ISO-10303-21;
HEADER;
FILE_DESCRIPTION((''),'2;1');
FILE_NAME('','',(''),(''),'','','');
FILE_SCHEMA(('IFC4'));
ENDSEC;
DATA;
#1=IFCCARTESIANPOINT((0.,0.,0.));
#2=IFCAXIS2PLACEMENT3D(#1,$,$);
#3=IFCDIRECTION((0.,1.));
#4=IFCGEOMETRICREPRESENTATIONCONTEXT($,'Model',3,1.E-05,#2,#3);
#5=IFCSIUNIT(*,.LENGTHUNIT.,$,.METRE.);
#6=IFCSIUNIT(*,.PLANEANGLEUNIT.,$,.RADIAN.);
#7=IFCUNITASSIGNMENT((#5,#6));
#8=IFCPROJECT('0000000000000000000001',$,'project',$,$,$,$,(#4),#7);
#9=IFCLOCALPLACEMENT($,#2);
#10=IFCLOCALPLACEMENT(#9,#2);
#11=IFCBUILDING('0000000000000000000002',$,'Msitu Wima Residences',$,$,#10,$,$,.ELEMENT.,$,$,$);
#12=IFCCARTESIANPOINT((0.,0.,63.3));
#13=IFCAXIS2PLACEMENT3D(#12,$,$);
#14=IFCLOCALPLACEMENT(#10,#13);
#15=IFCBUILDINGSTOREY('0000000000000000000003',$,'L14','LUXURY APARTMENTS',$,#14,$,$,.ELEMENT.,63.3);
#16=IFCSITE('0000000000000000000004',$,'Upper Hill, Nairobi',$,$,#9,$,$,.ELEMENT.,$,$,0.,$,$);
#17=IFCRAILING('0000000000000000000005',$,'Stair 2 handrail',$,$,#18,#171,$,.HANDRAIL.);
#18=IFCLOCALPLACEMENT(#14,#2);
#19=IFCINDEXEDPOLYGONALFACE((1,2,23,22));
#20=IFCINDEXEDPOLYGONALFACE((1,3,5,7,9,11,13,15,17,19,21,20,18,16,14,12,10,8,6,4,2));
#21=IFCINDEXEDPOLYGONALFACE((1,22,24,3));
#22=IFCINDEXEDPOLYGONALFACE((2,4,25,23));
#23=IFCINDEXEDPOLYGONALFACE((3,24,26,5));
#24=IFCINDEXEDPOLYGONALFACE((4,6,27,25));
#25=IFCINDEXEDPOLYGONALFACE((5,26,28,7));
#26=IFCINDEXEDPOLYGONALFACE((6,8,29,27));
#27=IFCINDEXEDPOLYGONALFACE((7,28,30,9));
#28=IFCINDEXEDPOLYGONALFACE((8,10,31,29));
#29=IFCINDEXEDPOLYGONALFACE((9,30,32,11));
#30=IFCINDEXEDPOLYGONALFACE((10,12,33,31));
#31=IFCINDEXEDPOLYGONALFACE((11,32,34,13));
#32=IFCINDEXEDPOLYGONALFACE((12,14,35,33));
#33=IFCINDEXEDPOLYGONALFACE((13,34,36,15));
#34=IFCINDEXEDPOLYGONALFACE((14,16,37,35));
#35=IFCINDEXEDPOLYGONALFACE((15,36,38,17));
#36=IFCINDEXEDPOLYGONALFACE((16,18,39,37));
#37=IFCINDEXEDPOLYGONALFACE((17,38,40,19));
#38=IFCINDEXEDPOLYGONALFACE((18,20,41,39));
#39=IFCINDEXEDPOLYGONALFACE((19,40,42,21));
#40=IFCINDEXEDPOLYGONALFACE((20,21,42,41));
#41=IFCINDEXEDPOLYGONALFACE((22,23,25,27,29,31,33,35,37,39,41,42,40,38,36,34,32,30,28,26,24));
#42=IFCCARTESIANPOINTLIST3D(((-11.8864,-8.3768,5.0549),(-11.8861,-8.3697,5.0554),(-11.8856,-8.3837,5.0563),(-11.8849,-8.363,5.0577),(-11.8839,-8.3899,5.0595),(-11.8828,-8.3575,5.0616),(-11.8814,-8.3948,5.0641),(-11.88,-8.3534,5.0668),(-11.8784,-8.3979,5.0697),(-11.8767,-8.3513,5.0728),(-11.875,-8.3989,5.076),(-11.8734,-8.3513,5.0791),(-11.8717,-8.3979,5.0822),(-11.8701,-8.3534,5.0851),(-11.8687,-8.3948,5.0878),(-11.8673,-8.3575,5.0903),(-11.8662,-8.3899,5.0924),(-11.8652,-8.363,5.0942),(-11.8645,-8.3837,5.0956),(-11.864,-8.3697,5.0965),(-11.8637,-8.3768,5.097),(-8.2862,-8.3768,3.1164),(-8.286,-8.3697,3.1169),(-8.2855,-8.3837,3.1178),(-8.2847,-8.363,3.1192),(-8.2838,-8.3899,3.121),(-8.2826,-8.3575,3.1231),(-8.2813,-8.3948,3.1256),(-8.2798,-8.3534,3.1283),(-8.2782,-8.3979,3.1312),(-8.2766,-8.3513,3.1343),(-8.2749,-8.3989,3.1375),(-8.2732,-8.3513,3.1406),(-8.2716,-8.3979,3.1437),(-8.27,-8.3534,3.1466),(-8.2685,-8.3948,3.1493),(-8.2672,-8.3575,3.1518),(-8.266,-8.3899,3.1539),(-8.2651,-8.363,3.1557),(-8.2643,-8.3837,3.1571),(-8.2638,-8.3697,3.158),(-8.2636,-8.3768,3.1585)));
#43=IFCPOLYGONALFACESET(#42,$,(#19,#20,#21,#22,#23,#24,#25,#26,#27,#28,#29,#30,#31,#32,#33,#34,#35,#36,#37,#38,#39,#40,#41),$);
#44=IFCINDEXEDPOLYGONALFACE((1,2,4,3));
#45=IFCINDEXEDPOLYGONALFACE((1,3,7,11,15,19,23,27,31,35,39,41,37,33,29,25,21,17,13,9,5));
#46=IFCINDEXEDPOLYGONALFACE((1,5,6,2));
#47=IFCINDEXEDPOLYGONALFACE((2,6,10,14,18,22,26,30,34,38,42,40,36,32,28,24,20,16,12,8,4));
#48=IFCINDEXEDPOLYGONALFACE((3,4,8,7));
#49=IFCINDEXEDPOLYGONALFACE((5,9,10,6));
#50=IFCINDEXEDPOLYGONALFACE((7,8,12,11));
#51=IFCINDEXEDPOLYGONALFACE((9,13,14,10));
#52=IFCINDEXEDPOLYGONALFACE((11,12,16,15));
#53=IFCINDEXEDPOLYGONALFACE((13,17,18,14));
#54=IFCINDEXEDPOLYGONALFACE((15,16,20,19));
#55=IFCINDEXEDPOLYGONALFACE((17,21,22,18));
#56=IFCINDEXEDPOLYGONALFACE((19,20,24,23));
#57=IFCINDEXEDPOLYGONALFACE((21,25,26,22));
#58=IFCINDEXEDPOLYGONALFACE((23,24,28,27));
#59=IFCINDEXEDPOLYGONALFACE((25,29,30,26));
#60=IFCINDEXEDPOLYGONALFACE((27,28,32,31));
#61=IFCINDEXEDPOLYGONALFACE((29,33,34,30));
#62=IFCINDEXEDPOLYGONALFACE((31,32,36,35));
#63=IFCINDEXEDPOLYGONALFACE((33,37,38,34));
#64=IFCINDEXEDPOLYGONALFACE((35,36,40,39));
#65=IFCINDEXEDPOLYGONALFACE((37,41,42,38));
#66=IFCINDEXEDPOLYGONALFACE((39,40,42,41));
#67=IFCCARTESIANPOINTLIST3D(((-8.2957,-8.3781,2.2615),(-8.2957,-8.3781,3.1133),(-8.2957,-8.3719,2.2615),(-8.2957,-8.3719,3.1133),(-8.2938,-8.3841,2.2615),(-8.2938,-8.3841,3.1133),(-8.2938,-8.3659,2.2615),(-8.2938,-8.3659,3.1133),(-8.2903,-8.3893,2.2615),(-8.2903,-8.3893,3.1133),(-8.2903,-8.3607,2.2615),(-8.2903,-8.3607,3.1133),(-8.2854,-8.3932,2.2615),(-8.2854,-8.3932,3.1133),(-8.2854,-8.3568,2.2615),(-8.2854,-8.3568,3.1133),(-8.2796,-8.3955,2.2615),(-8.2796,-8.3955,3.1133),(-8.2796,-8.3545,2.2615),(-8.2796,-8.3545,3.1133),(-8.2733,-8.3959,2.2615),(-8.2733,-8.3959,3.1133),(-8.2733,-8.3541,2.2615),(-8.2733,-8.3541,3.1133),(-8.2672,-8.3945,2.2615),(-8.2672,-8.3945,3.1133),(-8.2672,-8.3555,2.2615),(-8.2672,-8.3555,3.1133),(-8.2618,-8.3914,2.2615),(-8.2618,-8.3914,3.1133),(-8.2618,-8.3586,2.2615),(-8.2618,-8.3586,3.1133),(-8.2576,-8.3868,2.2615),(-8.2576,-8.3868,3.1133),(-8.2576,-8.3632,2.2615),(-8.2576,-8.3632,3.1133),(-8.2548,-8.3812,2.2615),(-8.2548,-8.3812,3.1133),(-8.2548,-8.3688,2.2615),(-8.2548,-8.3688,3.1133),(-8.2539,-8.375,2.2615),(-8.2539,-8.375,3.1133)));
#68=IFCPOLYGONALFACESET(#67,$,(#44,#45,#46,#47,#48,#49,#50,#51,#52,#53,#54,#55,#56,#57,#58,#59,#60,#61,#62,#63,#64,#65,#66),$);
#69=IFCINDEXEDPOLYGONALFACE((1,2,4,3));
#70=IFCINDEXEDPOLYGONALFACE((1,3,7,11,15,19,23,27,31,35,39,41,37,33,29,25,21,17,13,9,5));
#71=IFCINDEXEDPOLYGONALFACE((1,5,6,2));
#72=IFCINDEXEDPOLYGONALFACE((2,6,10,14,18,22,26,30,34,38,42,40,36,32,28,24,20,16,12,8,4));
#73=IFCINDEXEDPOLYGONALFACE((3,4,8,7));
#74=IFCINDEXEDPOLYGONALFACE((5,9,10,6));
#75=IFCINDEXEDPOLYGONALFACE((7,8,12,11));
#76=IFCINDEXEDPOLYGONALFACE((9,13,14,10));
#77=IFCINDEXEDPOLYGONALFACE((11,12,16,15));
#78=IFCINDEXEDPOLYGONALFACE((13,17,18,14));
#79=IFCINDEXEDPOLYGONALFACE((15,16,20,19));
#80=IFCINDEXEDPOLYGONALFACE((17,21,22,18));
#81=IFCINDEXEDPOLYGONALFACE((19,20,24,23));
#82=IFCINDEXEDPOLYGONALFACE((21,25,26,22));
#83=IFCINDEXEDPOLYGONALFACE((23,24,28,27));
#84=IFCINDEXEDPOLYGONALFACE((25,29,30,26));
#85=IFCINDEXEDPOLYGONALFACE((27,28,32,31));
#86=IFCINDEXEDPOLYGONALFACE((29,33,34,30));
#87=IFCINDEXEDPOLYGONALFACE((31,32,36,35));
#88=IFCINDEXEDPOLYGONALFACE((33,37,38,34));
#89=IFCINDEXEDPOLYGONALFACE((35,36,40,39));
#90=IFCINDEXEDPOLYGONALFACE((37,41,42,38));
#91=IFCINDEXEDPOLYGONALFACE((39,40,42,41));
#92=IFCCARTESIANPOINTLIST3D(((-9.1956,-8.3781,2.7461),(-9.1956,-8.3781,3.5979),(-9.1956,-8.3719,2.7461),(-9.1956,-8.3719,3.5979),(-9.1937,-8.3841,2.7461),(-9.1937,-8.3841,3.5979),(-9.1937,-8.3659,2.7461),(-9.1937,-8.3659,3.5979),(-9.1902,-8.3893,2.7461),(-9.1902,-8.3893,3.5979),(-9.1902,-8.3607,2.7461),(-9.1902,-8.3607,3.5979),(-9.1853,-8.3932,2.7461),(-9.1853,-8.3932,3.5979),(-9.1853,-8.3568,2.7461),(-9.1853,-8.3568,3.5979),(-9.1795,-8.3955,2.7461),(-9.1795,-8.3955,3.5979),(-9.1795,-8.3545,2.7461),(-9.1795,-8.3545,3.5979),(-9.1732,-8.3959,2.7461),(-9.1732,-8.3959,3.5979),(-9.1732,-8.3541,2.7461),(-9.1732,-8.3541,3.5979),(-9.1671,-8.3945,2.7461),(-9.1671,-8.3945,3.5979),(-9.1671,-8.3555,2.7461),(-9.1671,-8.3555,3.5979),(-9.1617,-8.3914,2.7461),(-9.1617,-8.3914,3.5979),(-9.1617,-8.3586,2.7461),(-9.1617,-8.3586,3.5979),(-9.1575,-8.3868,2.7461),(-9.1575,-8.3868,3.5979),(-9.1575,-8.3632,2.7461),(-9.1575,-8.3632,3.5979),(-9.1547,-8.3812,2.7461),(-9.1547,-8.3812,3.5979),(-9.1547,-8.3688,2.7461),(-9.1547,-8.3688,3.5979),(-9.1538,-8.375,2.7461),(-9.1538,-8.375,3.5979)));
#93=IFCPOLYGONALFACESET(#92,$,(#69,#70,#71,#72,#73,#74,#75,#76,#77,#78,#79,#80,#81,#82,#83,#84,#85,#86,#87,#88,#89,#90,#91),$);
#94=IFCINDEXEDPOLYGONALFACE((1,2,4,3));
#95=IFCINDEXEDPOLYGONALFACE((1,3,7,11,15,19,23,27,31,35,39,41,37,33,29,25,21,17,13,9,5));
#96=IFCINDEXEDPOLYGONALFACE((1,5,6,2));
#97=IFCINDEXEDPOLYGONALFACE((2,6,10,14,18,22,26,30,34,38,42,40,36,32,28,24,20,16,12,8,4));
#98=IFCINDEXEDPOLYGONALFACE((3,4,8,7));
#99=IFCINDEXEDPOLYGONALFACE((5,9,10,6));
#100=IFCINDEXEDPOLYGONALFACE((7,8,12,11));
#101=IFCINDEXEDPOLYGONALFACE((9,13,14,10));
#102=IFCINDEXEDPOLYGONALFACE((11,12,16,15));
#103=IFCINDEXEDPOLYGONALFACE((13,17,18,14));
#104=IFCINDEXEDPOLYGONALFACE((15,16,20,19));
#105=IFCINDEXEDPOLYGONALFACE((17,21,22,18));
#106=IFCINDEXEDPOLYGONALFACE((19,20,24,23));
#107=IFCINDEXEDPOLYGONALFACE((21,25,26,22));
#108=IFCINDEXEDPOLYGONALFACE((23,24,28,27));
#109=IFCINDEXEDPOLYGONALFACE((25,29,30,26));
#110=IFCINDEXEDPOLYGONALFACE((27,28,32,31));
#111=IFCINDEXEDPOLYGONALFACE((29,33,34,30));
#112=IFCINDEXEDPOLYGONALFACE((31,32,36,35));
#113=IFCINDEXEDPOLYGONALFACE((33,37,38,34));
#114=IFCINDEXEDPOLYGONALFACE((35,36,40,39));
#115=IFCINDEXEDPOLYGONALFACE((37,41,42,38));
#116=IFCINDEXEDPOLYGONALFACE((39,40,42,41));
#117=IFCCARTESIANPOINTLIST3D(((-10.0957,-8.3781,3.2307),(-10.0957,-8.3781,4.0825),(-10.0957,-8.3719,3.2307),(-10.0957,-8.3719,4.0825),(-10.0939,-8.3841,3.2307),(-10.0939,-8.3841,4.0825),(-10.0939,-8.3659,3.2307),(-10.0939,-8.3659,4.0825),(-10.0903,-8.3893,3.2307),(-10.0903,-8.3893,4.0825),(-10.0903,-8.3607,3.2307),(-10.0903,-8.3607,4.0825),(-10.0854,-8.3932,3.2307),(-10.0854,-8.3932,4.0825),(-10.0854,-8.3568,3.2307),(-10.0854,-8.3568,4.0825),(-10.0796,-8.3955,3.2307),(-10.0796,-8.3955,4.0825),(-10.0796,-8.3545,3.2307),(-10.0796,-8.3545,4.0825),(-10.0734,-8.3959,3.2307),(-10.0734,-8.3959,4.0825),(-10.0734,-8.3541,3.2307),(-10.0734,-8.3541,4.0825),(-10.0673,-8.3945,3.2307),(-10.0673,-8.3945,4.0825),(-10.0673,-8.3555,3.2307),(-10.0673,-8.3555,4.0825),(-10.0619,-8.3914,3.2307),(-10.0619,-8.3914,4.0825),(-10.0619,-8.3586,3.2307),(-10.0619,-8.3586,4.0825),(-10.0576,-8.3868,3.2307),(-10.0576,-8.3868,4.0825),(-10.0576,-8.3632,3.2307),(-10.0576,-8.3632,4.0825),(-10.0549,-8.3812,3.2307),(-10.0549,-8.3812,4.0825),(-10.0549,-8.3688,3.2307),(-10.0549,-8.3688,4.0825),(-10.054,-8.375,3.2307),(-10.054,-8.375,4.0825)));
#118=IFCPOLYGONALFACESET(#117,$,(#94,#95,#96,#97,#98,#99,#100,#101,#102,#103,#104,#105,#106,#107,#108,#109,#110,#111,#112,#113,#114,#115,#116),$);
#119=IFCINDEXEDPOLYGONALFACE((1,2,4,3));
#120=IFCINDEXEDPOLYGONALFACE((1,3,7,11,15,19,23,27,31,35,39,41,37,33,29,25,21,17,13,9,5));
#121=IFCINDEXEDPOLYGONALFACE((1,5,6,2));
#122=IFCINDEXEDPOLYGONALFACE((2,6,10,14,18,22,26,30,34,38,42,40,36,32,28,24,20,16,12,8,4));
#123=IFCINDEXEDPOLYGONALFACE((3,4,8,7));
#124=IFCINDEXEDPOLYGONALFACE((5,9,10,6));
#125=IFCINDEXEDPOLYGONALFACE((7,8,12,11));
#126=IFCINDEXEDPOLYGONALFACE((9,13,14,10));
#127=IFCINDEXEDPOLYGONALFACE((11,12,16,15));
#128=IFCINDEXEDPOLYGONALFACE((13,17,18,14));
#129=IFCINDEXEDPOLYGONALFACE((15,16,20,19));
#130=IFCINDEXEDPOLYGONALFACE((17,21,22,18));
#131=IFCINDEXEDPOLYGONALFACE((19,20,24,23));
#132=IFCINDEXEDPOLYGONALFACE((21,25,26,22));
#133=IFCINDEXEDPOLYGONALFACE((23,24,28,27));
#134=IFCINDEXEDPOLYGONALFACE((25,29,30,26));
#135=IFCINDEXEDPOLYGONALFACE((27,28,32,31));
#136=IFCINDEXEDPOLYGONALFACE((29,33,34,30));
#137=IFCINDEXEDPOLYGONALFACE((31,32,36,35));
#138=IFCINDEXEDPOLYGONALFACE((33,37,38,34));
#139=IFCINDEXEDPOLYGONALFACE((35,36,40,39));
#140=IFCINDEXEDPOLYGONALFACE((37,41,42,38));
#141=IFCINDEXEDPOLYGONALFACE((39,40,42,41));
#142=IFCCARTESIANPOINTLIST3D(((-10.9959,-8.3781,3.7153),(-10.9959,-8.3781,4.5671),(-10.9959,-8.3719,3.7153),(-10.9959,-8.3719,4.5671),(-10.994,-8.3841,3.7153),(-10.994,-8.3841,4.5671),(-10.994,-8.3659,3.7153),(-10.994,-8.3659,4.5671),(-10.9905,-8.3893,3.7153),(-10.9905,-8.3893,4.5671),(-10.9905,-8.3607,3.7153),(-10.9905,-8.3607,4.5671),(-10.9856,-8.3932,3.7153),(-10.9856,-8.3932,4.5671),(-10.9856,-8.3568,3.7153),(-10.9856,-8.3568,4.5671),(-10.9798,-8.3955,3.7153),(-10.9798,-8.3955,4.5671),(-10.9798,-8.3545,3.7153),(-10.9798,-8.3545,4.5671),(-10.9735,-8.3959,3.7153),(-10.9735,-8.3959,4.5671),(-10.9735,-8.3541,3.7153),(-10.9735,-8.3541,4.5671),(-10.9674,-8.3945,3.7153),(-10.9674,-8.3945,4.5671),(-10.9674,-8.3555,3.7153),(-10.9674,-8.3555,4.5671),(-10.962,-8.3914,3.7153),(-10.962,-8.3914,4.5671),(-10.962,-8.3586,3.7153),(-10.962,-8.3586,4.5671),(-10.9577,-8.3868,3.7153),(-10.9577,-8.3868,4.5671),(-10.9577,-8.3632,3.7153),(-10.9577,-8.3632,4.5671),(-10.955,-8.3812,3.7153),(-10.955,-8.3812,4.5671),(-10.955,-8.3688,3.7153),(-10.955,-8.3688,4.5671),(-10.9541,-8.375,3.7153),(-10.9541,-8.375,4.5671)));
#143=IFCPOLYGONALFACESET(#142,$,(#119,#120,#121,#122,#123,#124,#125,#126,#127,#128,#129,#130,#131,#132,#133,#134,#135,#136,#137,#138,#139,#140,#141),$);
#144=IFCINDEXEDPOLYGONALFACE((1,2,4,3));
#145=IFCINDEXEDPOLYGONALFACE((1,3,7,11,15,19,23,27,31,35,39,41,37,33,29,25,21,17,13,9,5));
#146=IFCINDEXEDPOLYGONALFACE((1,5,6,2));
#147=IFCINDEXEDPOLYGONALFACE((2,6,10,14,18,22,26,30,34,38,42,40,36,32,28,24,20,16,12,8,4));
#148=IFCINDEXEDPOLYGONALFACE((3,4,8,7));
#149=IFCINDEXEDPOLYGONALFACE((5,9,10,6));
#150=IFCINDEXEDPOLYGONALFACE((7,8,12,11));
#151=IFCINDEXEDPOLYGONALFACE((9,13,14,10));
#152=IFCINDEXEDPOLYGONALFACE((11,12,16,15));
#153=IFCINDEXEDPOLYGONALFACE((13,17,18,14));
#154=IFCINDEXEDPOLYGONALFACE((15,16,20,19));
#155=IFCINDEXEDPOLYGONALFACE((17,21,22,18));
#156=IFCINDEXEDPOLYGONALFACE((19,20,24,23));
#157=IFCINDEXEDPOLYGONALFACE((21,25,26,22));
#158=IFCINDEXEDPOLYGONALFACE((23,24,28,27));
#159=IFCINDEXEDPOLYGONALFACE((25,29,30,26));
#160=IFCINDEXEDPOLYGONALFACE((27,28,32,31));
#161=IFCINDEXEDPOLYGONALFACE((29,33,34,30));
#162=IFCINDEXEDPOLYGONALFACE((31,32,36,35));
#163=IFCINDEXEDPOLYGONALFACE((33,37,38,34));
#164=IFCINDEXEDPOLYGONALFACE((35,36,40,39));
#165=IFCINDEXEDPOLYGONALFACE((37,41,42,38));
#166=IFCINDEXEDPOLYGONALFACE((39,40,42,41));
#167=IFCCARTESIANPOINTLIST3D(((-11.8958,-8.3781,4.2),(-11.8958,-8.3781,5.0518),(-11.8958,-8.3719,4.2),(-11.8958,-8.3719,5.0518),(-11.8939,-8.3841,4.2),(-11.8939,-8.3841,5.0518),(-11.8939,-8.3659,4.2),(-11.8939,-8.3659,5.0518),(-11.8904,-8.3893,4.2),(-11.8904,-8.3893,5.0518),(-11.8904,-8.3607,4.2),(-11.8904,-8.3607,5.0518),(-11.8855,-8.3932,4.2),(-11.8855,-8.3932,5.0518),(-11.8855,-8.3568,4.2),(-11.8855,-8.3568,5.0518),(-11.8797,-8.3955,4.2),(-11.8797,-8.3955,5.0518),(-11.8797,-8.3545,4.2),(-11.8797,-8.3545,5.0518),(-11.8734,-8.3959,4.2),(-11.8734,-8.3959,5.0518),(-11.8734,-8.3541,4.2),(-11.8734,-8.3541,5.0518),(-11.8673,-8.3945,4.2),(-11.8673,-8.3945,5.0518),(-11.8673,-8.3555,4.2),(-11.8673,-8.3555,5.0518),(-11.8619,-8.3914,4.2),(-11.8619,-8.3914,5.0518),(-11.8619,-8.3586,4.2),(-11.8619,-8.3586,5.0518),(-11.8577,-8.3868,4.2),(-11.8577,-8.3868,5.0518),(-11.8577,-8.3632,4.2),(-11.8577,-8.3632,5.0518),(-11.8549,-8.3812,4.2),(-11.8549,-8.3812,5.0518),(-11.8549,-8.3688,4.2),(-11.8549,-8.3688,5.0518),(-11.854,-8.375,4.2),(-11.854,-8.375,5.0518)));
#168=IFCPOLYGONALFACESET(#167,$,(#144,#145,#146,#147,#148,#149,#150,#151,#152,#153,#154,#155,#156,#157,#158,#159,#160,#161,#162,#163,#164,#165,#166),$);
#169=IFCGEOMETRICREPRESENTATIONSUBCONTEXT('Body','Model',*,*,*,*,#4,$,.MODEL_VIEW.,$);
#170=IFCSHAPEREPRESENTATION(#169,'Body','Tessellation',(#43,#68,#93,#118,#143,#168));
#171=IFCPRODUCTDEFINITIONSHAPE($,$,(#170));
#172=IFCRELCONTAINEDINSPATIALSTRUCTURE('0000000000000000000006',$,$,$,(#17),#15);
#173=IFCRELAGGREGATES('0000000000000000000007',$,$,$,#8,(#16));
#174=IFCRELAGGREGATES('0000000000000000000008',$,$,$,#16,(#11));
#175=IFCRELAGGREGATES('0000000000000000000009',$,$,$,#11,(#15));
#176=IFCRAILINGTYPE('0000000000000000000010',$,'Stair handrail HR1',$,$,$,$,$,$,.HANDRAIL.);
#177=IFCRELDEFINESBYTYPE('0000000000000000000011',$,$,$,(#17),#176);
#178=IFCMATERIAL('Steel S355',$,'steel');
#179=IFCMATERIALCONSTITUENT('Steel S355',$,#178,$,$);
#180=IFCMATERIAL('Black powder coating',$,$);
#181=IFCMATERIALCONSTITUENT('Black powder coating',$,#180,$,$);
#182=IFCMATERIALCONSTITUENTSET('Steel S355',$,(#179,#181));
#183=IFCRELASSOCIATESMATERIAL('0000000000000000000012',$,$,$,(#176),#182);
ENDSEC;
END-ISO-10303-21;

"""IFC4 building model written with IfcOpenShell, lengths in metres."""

from ifc_helpers import new_model, si_unit, direction, frame, origin, origin_2d, place, context, subcontext, project, spatial, circle, extrude, material, constituent, constituent_set, type_object, element, save


model = new_model("IFC4")

# Units and contexts
model_context = context("Model", 3, precision=1e-05, world=origin(), true_north=direction((0.0, 1.0)))
body_context = subcontext(model_context, "Body", "Model", "MODEL_VIEW")
ifc_project = project(units=[si_unit("LENGTHUNIT", "METRE"), si_unit("PLANEANGLEUNIT", "RADIAN")], contexts=[model_context])

# Site, building, storey
site_placement = place(None, origin())
site = spatial("IfcSite", under=ifc_project, at=site_placement, Name="Upper Hill, Nairobi", CompositionType="ELEMENT", RefElevation=0.0)
building_placement = place(site_placement, origin())
building = spatial("IfcBuilding", under=site, at=building_placement, Name="Msitu Wima Residences", CompositionType="ELEMENT")
storey_placement = place(building_placement, frame((0.0, 0.0, 63.3)))
storey = spatial("IfcBuildingStorey", under=building, at=storey_placement, Name="L14", Description="LUXURY APARTMENTS", CompositionType="ELEMENT", Elevation=63.3)

# Railing
ifc_material_1 = material(Name="Steel S355", Category="steel")
ifc_constituent_1 = constituent(ifc_material_1, Name="Steel S355")
ifc_material_2 = material(Name="Black powder coating")
ifc_constituent_2 = constituent(ifc_material_2, Name="Black powder coating")
ifc_constituent_set = constituent_set(constituents=[ifc_constituent_1, ifc_constituent_2], Name="Steel S355")
railing_type = type_object("IfcRailingType", Name="Stair handrail HR1", PredefinedType="HANDRAIL", material=ifc_constituent_set)
railing_placement = place(storey_placement, frame((-8.2749, -8.375, 2.2615)))
element("IfcRailing", 1, at=railing_placement, inside=storey, type_object=railing_type, Name="Stair 2 handrail", PredefinedType="HANDRAIL", context=body_context, shape_type="SweptSolid", body=[
    extrude(circle(Radius=0.0239, at=origin_2d()), frame((0.0, 0.0, 0.876), z_axis=(-0.880475, 0.0, 0.474093), x_axis=(0.0, -1.0, 0.0)), (0.0, 0.0, 1.0), 4.0889),
    extrude(circle(Radius=0.021, at=origin_2d()), origin(), (0.0, 0.0, 1.0), 0.8518),
    extrude(circle(Radius=0.021, at=origin_2d()), frame((-0.8999, 0.0, 0.4846)), (0.0, 0.0, 1.0), 0.8518),
    extrude(circle(Radius=0.021, at=origin_2d()), frame((-1.8, 0.0, 0.9692)), (0.0, 0.0, 1.0), 0.8518),
    extrude(circle(Radius=0.021, at=origin_2d()), frame((-2.7002, 0.0, 1.4539)), (0.0, 0.0, 1.0), 0.8518),
    extrude(circle(Radius=0.021, at=origin_2d()), frame((-3.6001, 0.0, 1.9385)), (0.0, 0.0, 1.0), 0.8518),
])

save(model, "model.ifc")
